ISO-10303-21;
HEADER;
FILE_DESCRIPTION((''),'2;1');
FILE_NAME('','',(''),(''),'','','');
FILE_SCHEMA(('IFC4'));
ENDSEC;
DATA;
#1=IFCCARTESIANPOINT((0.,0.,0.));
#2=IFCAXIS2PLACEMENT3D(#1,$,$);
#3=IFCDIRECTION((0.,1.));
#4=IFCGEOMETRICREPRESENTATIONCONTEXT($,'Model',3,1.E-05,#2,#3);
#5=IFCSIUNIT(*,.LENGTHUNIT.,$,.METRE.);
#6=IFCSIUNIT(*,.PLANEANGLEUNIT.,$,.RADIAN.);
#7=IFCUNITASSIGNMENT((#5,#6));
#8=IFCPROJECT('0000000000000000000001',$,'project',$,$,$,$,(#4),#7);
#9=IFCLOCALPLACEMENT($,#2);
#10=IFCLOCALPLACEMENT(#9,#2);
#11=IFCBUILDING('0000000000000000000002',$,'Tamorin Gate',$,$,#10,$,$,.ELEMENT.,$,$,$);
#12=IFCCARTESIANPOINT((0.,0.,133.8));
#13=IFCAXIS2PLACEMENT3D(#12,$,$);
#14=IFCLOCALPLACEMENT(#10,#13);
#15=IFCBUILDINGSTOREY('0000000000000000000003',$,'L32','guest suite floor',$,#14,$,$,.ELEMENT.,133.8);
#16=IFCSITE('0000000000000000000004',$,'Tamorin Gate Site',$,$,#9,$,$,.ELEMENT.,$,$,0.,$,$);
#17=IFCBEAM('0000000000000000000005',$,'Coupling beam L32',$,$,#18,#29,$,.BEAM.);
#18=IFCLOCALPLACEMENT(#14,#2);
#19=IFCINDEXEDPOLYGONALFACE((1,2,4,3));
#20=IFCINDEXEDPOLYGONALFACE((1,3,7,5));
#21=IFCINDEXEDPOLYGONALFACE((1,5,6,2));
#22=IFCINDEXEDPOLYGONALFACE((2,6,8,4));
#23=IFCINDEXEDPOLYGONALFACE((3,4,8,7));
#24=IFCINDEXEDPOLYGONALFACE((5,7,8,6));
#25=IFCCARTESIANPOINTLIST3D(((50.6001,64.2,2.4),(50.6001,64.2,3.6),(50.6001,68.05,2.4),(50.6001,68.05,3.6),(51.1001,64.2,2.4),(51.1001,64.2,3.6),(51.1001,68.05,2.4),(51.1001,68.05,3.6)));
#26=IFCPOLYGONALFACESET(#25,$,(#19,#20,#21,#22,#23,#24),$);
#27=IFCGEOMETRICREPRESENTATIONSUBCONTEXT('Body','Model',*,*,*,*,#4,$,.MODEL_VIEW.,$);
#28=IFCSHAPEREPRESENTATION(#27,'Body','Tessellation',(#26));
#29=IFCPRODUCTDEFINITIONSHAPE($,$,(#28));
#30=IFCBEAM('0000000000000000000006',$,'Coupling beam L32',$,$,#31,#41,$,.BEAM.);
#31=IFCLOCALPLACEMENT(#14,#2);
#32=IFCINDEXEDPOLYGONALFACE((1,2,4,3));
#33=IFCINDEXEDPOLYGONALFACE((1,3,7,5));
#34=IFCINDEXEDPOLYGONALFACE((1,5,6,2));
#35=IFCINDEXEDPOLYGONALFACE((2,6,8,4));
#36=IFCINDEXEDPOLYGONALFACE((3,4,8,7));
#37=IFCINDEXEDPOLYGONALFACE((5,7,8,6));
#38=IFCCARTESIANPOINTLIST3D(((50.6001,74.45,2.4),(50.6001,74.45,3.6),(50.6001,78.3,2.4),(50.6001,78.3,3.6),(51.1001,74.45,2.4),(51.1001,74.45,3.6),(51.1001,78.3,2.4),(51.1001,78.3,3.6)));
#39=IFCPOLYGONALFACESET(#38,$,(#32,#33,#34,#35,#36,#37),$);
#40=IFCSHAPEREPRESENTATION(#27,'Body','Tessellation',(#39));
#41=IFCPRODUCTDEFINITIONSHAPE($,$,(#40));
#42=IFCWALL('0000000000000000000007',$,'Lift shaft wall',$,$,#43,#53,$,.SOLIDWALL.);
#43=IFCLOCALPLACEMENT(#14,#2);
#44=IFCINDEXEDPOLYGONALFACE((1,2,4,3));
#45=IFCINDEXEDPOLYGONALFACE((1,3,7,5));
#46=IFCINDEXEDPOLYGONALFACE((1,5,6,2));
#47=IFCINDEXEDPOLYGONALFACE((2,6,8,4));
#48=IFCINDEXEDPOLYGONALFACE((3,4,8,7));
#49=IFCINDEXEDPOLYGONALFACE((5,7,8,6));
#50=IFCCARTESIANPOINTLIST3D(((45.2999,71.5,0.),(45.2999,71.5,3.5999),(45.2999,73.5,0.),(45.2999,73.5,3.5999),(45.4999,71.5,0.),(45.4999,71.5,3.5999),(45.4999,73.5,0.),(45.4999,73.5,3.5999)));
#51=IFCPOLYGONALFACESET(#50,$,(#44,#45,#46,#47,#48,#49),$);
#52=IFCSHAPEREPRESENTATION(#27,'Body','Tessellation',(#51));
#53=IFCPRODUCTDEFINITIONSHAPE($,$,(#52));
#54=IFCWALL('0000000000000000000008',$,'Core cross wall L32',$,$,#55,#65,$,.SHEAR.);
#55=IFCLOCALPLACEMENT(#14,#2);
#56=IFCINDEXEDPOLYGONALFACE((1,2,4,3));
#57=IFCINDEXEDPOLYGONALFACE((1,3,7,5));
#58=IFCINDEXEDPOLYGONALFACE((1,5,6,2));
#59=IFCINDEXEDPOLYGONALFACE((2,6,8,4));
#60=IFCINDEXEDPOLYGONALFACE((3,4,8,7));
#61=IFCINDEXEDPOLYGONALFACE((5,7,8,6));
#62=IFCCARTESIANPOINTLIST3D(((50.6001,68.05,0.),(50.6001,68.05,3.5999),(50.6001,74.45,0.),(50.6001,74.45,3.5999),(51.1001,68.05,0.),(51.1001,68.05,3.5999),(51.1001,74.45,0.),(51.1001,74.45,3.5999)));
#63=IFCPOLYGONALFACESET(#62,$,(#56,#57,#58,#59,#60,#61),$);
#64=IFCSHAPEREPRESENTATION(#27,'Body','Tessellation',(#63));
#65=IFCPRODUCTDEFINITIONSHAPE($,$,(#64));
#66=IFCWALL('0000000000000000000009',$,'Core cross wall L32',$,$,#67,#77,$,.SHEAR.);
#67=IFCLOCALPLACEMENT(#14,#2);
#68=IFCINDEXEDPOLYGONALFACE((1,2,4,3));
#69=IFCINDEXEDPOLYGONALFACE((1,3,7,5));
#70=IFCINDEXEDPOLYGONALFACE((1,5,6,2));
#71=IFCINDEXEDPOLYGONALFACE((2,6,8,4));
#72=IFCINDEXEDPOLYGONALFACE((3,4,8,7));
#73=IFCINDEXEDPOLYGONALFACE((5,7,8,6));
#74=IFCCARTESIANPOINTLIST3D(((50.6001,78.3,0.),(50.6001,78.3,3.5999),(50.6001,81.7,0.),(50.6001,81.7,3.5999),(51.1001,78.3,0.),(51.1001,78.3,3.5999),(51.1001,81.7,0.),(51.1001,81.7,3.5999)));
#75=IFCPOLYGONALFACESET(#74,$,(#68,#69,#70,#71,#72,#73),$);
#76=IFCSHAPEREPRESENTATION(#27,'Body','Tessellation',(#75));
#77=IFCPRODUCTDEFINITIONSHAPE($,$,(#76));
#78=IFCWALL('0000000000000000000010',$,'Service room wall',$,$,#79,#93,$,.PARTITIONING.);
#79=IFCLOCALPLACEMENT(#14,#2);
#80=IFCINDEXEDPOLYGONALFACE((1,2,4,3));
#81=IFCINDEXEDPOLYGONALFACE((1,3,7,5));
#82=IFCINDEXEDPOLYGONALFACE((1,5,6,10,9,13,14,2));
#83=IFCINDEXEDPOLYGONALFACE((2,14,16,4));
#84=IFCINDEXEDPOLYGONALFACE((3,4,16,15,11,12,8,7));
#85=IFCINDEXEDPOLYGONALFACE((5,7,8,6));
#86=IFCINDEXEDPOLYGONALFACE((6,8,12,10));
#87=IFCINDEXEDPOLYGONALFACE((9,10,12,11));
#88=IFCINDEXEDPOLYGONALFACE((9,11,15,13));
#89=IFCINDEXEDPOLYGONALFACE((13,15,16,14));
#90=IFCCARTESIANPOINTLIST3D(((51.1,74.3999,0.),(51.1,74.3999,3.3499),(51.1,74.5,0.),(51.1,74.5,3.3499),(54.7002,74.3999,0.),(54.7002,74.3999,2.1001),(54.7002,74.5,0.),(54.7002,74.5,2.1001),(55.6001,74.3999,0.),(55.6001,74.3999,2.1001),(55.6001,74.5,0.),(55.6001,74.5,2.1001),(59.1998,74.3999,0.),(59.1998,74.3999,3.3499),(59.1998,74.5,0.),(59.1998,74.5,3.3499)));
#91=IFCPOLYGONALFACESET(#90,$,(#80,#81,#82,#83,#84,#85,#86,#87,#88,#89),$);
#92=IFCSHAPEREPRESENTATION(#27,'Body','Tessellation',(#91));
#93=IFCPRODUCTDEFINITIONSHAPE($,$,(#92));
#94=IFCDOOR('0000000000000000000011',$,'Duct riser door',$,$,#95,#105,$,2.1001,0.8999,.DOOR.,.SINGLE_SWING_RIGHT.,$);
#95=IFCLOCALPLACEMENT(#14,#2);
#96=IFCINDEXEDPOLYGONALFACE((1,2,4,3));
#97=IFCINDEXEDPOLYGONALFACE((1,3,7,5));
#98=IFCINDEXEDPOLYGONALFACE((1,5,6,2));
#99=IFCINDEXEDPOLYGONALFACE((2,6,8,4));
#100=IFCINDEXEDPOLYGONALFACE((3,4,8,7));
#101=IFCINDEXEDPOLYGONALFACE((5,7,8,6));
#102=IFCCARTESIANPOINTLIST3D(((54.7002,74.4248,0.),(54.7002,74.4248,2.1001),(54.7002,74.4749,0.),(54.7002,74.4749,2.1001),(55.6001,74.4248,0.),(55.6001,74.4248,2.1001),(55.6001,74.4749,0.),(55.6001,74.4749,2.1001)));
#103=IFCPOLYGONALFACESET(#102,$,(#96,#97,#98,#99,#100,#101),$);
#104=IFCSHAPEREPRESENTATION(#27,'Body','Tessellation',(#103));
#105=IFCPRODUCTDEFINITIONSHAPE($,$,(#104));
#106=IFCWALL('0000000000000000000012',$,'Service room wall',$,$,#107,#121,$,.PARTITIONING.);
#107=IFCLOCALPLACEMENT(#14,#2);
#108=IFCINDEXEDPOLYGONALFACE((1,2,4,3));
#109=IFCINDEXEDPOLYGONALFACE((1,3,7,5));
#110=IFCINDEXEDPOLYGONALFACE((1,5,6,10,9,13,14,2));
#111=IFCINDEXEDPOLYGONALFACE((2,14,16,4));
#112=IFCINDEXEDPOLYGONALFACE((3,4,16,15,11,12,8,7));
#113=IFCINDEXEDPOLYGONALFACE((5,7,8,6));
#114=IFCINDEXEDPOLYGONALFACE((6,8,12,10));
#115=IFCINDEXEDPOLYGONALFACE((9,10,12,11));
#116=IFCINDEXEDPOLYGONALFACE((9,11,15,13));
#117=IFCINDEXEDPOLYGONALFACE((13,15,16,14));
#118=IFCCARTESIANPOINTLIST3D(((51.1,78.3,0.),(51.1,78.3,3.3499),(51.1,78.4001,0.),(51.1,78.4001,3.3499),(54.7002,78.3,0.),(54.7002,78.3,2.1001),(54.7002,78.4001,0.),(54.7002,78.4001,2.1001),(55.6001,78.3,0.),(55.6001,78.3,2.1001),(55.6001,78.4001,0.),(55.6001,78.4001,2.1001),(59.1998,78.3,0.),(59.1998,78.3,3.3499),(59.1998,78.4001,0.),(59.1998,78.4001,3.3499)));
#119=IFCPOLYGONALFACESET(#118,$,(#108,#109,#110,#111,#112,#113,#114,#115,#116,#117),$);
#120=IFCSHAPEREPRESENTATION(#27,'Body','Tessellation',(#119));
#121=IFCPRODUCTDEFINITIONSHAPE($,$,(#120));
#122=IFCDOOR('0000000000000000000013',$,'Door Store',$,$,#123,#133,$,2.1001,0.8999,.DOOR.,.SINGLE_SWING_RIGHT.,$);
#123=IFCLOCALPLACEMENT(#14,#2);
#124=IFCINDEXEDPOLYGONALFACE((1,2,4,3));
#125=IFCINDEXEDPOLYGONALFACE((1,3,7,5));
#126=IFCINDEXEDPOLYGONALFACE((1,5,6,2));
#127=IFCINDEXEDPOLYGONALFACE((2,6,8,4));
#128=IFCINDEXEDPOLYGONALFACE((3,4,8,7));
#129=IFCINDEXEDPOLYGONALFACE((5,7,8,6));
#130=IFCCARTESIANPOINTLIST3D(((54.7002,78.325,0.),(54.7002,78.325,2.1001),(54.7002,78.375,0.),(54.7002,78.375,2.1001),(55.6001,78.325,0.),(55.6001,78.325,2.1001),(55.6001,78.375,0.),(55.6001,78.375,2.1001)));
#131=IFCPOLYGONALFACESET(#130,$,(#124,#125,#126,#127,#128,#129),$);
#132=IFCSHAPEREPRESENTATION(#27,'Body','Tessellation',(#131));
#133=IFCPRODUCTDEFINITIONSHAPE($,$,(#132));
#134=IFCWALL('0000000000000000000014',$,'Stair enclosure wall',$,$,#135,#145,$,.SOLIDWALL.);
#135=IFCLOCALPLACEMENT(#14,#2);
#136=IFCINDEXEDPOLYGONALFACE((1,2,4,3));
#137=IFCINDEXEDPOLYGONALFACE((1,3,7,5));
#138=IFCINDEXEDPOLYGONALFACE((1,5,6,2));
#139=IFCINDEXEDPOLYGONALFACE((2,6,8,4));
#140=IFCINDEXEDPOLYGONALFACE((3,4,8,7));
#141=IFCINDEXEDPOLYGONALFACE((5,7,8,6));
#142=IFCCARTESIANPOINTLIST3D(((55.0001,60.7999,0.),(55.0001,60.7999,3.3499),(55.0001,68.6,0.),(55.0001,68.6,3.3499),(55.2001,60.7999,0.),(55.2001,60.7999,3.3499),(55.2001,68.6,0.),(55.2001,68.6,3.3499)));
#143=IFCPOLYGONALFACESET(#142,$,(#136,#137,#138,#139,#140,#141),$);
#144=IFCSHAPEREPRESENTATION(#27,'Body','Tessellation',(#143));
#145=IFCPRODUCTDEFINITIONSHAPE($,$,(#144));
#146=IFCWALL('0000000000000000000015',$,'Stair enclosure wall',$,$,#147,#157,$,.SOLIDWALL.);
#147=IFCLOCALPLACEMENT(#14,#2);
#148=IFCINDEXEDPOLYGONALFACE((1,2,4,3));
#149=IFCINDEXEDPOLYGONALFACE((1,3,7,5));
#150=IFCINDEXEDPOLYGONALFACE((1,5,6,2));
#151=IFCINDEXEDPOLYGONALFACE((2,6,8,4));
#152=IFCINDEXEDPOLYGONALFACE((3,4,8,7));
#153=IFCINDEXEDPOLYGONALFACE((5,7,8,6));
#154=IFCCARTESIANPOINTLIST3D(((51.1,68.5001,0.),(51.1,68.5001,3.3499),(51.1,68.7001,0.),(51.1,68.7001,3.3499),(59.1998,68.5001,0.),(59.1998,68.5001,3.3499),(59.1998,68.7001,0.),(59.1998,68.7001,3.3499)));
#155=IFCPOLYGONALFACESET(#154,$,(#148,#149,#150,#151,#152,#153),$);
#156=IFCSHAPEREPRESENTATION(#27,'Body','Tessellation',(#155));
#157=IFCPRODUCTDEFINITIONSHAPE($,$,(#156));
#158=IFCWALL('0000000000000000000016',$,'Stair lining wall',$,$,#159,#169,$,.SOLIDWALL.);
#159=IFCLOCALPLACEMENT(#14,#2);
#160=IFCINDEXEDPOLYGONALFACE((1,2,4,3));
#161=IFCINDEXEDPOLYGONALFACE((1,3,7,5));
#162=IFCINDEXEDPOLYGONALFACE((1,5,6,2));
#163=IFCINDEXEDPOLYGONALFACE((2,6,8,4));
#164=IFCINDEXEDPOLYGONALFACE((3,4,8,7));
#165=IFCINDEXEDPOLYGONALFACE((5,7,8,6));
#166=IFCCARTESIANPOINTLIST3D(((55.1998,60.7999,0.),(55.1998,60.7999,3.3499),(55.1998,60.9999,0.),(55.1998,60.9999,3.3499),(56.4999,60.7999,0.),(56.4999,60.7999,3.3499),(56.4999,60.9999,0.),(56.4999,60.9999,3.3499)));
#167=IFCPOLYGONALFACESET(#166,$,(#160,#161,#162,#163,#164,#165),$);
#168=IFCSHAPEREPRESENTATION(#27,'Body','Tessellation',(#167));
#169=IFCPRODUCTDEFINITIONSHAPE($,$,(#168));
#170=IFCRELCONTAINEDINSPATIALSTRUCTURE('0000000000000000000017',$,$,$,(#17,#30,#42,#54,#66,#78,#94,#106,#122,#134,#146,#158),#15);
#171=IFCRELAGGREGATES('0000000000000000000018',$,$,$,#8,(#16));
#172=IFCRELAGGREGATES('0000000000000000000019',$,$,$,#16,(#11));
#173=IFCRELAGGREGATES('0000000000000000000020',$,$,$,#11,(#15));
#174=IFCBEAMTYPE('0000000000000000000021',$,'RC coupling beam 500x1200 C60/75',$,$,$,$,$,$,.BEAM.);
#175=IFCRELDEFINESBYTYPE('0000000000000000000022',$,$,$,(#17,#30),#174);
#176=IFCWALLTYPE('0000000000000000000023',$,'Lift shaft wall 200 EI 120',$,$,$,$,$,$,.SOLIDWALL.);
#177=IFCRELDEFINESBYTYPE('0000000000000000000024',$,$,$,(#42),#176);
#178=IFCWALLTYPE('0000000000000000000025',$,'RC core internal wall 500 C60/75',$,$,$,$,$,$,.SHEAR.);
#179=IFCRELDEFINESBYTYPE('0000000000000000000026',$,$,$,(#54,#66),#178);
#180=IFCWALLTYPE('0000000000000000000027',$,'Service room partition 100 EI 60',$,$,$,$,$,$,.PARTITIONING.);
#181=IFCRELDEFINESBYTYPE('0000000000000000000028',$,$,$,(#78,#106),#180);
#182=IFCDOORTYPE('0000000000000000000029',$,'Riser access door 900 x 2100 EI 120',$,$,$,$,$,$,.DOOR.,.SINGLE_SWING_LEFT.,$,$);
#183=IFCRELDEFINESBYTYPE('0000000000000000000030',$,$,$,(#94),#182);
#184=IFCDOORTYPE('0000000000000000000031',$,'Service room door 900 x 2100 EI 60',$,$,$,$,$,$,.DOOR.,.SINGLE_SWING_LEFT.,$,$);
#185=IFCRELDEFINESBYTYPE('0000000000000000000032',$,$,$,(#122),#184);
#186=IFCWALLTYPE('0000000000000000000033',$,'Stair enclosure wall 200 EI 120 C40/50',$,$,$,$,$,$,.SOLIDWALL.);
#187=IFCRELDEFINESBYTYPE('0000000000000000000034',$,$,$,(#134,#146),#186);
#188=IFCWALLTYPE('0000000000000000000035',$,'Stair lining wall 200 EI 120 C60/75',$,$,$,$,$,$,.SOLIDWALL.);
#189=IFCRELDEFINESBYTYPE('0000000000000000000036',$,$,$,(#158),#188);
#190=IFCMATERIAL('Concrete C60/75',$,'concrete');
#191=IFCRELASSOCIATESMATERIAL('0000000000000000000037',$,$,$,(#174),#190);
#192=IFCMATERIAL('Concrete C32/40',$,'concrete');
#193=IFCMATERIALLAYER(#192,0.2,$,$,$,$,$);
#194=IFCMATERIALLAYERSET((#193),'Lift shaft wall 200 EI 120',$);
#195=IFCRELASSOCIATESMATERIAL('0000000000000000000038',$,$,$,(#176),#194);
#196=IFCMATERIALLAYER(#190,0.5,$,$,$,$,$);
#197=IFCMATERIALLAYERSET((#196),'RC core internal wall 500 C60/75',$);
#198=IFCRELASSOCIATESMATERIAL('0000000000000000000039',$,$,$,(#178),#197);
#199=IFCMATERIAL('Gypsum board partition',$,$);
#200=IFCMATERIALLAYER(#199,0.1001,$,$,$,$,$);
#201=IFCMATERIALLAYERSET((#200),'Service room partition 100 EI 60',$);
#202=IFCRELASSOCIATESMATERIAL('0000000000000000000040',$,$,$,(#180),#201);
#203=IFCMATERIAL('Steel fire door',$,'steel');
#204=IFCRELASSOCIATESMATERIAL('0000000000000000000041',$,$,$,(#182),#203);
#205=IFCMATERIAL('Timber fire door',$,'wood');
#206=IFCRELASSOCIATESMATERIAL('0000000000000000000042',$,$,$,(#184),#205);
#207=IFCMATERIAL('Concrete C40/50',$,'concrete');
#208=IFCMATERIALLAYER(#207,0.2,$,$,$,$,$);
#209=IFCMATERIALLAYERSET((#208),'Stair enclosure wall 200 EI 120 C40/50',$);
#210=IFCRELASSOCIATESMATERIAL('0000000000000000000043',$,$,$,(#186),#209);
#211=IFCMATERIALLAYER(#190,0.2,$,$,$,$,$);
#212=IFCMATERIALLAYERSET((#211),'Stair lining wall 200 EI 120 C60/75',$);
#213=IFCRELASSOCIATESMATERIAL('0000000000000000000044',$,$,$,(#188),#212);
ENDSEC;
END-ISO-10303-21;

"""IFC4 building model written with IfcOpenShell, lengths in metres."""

from ifc_helpers import new_model, si_unit, direction, frame, frame_2d, origin, origin_2d, place, context, subcontext, project, spatial, rectangle, extrude, material, layer, layer_set, material_profile, profile_set, type_object, element, fill, save


model = new_model("IFC4")

# Units and contexts
model_context = context("Model", 3, precision=1e-05, world=origin(), true_north=direction((0.0, 1.0)))
body_context = subcontext(model_context, "Body", "Model", "MODEL_VIEW")
ifc_project = project(units=[si_unit("LENGTHUNIT", "METRE"), si_unit("PLANEANGLEUNIT", "RADIAN")], contexts=[model_context])

# Site, building, storey
site_placement = place(None, origin())
site = spatial("IfcSite", under=ifc_project, at=site_placement, Name="Tamorin Gate Site", CompositionType="ELEMENT", RefElevation=0.0)
building_placement = place(site_placement, origin())
building = spatial("IfcBuilding", under=site, at=building_placement, Name="Tamorin Gate", CompositionType="ELEMENT")
storey_placement = place(building_placement, frame((0.0, 0.0, 133.8)))
storey = spatial("IfcBuildingStorey", under=building, at=storey_placement, Name="L32", Description="guest suite floor", CompositionType="ELEMENT", Elevation=133.8)

# Beams
ifc_material_1 = material(Name="Concrete C60/75", Category="concrete")
ifc_material_profile = material_profile(ifc_material_1, rectangle(XDim=0.5, YDim=1.2, at=origin_2d()), Name="RC 500x1200")
ifc_profile_set = profile_set([ifc_material_profile], Name="Concrete C60/75")
beam_type = type_object("IfcBeamType", Name="RC coupling beam 500x1200 C60/75", PredefinedType="BEAM", material=ifc_profile_set)
for number, where, z_axis, x_axis, name in (
    (1, (50.8501, 64.2, 3.0), (0.0, 1.0, 0.0), (-1.0, 0.0, 0.0), "Coupling beam L32"),
    (2, (50.8501, 74.45, 3.0), (0.0, 1.0, 0.0), (-1.0, 0.0, 0.0), "Coupling beam L32"),
):
    element("IfcBeam", number, at=place(storey_placement, frame(where, z_axis=z_axis, x_axis=x_axis)), inside=storey, type_object=beam_type, Name=name, PredefinedType="BEAM", context=body_context, shape_type="SweptSolid", body=[
        extrude(rectangle(XDim=0.5, YDim=1.2, at=origin_2d()), origin(), (0.0, 0.0, 1.0), 3.8501),
    ])

# Walls
ifc_material_2 = material(Name="Concrete C32/40", Category="concrete")
ifc_layer_1 = layer(ifc_material_2, 0.2)
ifc_layer_set_1 = layer_set([ifc_layer_1], Name="Lift shaft wall 200 EI 120")
wall_type_1 = type_object("IfcWallType", Name="Lift shaft wall 200 EI 120", PredefinedType="SOLIDWALL", material=ifc_layer_set_1)
wall_1_placement = place(storey_placement, frame((45.3999, 71.5, 0.0), z_axis=(0.0, 0.0, 1.0), x_axis=(0.0, 1.0, 0.0)))
element("IfcWall", 3, at=wall_1_placement, inside=storey, type_object=wall_type_1, Name="Lift shaft wall", PredefinedType="SOLIDWALL", context=body_context, shape_type="SweptSolid", body=[
    extrude(rectangle(XDim=2.0, YDim=0.2, at=frame_2d((1.0, 0.0))), origin(), (0.0, 0.0, 1.0), 3.5999),
])
ifc_layer_2 = layer(ifc_material_1, 0.5)
ifc_layer_set_2 = layer_set([ifc_layer_2], Name="RC core internal wall 500 C60/75")
wall_type_2 = type_object("IfcWallType", Name="RC core internal wall 500 C60/75", PredefinedType="SHEAR", material=ifc_layer_set_2)
wall_2_placement = place(storey_placement, frame((50.8501, 68.05, 0.0), z_axis=(0.0, 0.0, 1.0), x_axis=(0.0, 1.0, 0.0)))
element("IfcWall", 4, at=wall_2_placement, inside=storey, type_object=wall_type_2, Name="Core cross wall L32", PredefinedType="SHEAR", context=body_context, shape_type="SweptSolid", body=[
    extrude(rectangle(XDim=6.3999, YDim=0.5, at=frame_2d((3.2, 0.0))), origin(), (0.0, 0.0, 1.0), 3.5999),
])
wall_3_placement = place(storey_placement, frame((50.8501, 78.3, 0.0), z_axis=(0.0, 0.0, 1.0), x_axis=(0.0, 1.0, 0.0)))
element("IfcWall", 5, at=wall_3_placement, inside=storey, type_object=wall_type_2, Name="Core cross wall L32", PredefinedType="SHEAR", context=body_context, shape_type="SweptSolid", body=[
    extrude(rectangle(XDim=3.3999, YDim=0.5, at=frame_2d((1.7, 0.0))), origin(), (0.0, 0.0, 1.0), 3.5999),
])

# Walls, openings, doors
ifc_material_3 = material(Name="Gypsum board partition")
ifc_layer_3 = layer(ifc_material_3, 0.1001)
ifc_layer_set_3 = layer_set([ifc_layer_3], Name="Service room partition 100 EI 60")
wall_type_3 = type_object("IfcWallType", Name="Service room partition 100 EI 60", PredefinedType="PARTITIONING", material=ifc_layer_set_3)
wall_4_placement = place(storey_placement, frame((51.1001, 74.45, 0.0), z_axis=(0.0, 0.0, 1.0), x_axis=(1.0, 0.0, 0.0)))
wall_4 = element("IfcWall", 6, at=wall_4_placement, inside=storey, type_object=wall_type_3, Name="Service room wall", PredefinedType="PARTITIONING", context=body_context, shape_type="SweptSolid", body=[
    extrude(rectangle(XDim=8.0999, YDim=0.1001, at=frame_2d((4.0498, 0.0))), origin(), (0.0, 0.0, 1.0), 3.3499),
])
opening_1_placement = place(wall_4_placement, frame((3.6001, 0.0, 0.0)))
opening_1 = element("IfcOpeningElement", 7, at=opening_1_placement, cuts=wall_4, PredefinedType="OPENING", context=body_context, shape_type="SweptSolid", body=[
    extrude(rectangle(XDim=0.8999, YDim=2.1001, at=frame_2d((0.45, 1.05))), frame((0.0, 0.0601, 0.0), z_axis=(0.0, -1.0, 0.0), x_axis=(1.0, 0.0, 0.0)), (0.0, 0.0, 1.0), 0.1201),
])
ifc_material_4 = material(Name="Steel fire door", Category="steel")
door_type_1 = type_object("IfcDoorType", Name="Riser access door 900 x 2100 EI 120", OperationType="SINGLE_SWING_LEFT", PredefinedType="DOOR", material=ifc_material_4)
door_1_placement = place(opening_1_placement, origin())
door_1 = element("IfcDoor", 8, at=door_1_placement, inside=storey, type_object=door_type_1, Name="Duct riser door", OperationType="SINGLE_SWING_RIGHT", OverallHeight=2.1001, OverallWidth=0.8999, PredefinedType="DOOR", context=body_context, shape_type="SweptSolid", body=[
    extrude(rectangle(XDim=0.8999, YDim=2.1001, at=frame_2d((0.45, 1.05))), frame((0.0, 0.0249, 0.0), z_axis=(0.0, -1.0, 0.0), x_axis=(1.0, 0.0, 0.0)), (0.0, 0.0, 1.0), 0.05),
])
fill(opening_1, door_1)
wall_5_placement = place(storey_placement, frame((51.1001, 78.3501, 0.0), z_axis=(0.0, 0.0, 1.0), x_axis=(1.0, 0.0, 0.0)))
wall_5 = element("IfcWall", 9, at=wall_5_placement, inside=storey, type_object=wall_type_3, Name="Service room wall", PredefinedType="PARTITIONING", context=body_context, shape_type="SweptSolid", body=[
    extrude(rectangle(XDim=8.0999, YDim=0.1001, at=frame_2d((4.0498, 0.0))), origin(), (0.0, 0.0, 1.0), 3.3499),
])
opening_2_placement = place(wall_5_placement, frame((3.6001, 0.0, 0.0)))
opening_2 = element("IfcOpeningElement", 10, at=opening_2_placement, cuts=wall_5, PredefinedType="OPENING", context=body_context, shape_type="SweptSolid", body=[
    extrude(rectangle(XDim=0.8999, YDim=2.1001, at=frame_2d((0.45, 1.05))), frame((0.0, 0.0601, 0.0), z_axis=(0.0, -1.0, 0.0), x_axis=(1.0, 0.0, 0.0)), (0.0, 0.0, 1.0), 0.1201),
])
ifc_material_5 = material(Name="Timber fire door", Category="wood")
door_type_2 = type_object("IfcDoorType", Name="Service room door 900 x 2100 EI 60", OperationType="SINGLE_SWING_LEFT", PredefinedType="DOOR", material=ifc_material_5)
door_2_placement = place(opening_2_placement, origin())
door_2 = element("IfcDoor", 11, at=door_2_placement, inside=storey, type_object=door_type_2, Name="Door Store", OperationType="SINGLE_SWING_RIGHT", OverallHeight=2.1001, OverallWidth=0.8999, PredefinedType="DOOR", context=body_context, shape_type="SweptSolid", body=[
    extrude(rectangle(XDim=0.8999, YDim=2.1001, at=frame_2d((0.45, 1.05))), frame((0.0, 0.0249, 0.0), z_axis=(0.0, -1.0, 0.0), x_axis=(1.0, 0.0, 0.0)), (0.0, 0.0, 1.0), 0.05),
])
fill(opening_2, door_2)

# Walls
ifc_material_6 = material(Name="Concrete C40/50", Category="concrete")
ifc_layer_4 = layer(ifc_material_6, 0.2)
ifc_layer_set_4 = layer_set([ifc_layer_4], Name="Stair enclosure wall 200 EI 120 C40/50")
wall_type_4 = type_object("IfcWallType", Name="Stair enclosure wall 200 EI 120 C40/50", PredefinedType="SOLIDWALL", material=ifc_layer_set_4)
wall_6_placement = place(storey_placement, frame((55.1001, 60.8, 0.0), z_axis=(0.0, 0.0, 1.0), x_axis=(0.0, 1.0, 0.0)))
element("IfcWall", 12, at=wall_6_placement, inside=storey, type_object=wall_type_4, Name="Stair enclosure wall", PredefinedType="SOLIDWALL", context=body_context, shape_type="SweptSolid", body=[
    extrude(rectangle(XDim=7.8, YDim=0.2, at=frame_2d((3.8999, 0.0))), origin(), (0.0, 0.0, 1.0), 3.3499),
])
wall_7_placement = place(storey_placement, frame((51.1001, 68.6001, 0.0), z_axis=(0.0, 0.0, 1.0), x_axis=(1.0, 0.0, 0.0)))
element("IfcWall", 13, at=wall_7_placement, inside=storey, type_object=wall_type_4, Name="Stair enclosure wall", PredefinedType="SOLIDWALL", context=body_context, shape_type="SweptSolid", body=[
    extrude(rectangle(XDim=8.0999, YDim=0.2, at=frame_2d((4.0498, 0.0))), origin(), (0.0, 0.0, 1.0), 3.3499),
])
ifc_layer_5 = layer(ifc_material_1, 0.2)
ifc_layer_set_5 = layer_set([ifc_layer_5], Name="Stair lining wall 200 EI 120 C60/75")
wall_type_5 = type_object("IfcWallType", Name="Stair lining wall 200 EI 120 C60/75", PredefinedType="SOLIDWALL", material=ifc_layer_set_5)
wall_8_placement = place(storey_placement, frame((55.2, 60.8999, 0.0), z_axis=(0.0, 0.0, 1.0), x_axis=(1.0, 0.0, 0.0)))
element("IfcWall", 14, at=wall_8_placement, inside=storey, type_object=wall_type_5, Name="Stair lining wall", PredefinedType="SOLIDWALL", context=body_context, shape_type="SweptSolid", body=[
    extrude(rectangle(XDim=1.3, YDim=0.2, at=frame_2d((0.6499, 0.0))), origin(), (0.0, 0.0, 1.0), 3.3499),
])

save(model, "model.ifc")
